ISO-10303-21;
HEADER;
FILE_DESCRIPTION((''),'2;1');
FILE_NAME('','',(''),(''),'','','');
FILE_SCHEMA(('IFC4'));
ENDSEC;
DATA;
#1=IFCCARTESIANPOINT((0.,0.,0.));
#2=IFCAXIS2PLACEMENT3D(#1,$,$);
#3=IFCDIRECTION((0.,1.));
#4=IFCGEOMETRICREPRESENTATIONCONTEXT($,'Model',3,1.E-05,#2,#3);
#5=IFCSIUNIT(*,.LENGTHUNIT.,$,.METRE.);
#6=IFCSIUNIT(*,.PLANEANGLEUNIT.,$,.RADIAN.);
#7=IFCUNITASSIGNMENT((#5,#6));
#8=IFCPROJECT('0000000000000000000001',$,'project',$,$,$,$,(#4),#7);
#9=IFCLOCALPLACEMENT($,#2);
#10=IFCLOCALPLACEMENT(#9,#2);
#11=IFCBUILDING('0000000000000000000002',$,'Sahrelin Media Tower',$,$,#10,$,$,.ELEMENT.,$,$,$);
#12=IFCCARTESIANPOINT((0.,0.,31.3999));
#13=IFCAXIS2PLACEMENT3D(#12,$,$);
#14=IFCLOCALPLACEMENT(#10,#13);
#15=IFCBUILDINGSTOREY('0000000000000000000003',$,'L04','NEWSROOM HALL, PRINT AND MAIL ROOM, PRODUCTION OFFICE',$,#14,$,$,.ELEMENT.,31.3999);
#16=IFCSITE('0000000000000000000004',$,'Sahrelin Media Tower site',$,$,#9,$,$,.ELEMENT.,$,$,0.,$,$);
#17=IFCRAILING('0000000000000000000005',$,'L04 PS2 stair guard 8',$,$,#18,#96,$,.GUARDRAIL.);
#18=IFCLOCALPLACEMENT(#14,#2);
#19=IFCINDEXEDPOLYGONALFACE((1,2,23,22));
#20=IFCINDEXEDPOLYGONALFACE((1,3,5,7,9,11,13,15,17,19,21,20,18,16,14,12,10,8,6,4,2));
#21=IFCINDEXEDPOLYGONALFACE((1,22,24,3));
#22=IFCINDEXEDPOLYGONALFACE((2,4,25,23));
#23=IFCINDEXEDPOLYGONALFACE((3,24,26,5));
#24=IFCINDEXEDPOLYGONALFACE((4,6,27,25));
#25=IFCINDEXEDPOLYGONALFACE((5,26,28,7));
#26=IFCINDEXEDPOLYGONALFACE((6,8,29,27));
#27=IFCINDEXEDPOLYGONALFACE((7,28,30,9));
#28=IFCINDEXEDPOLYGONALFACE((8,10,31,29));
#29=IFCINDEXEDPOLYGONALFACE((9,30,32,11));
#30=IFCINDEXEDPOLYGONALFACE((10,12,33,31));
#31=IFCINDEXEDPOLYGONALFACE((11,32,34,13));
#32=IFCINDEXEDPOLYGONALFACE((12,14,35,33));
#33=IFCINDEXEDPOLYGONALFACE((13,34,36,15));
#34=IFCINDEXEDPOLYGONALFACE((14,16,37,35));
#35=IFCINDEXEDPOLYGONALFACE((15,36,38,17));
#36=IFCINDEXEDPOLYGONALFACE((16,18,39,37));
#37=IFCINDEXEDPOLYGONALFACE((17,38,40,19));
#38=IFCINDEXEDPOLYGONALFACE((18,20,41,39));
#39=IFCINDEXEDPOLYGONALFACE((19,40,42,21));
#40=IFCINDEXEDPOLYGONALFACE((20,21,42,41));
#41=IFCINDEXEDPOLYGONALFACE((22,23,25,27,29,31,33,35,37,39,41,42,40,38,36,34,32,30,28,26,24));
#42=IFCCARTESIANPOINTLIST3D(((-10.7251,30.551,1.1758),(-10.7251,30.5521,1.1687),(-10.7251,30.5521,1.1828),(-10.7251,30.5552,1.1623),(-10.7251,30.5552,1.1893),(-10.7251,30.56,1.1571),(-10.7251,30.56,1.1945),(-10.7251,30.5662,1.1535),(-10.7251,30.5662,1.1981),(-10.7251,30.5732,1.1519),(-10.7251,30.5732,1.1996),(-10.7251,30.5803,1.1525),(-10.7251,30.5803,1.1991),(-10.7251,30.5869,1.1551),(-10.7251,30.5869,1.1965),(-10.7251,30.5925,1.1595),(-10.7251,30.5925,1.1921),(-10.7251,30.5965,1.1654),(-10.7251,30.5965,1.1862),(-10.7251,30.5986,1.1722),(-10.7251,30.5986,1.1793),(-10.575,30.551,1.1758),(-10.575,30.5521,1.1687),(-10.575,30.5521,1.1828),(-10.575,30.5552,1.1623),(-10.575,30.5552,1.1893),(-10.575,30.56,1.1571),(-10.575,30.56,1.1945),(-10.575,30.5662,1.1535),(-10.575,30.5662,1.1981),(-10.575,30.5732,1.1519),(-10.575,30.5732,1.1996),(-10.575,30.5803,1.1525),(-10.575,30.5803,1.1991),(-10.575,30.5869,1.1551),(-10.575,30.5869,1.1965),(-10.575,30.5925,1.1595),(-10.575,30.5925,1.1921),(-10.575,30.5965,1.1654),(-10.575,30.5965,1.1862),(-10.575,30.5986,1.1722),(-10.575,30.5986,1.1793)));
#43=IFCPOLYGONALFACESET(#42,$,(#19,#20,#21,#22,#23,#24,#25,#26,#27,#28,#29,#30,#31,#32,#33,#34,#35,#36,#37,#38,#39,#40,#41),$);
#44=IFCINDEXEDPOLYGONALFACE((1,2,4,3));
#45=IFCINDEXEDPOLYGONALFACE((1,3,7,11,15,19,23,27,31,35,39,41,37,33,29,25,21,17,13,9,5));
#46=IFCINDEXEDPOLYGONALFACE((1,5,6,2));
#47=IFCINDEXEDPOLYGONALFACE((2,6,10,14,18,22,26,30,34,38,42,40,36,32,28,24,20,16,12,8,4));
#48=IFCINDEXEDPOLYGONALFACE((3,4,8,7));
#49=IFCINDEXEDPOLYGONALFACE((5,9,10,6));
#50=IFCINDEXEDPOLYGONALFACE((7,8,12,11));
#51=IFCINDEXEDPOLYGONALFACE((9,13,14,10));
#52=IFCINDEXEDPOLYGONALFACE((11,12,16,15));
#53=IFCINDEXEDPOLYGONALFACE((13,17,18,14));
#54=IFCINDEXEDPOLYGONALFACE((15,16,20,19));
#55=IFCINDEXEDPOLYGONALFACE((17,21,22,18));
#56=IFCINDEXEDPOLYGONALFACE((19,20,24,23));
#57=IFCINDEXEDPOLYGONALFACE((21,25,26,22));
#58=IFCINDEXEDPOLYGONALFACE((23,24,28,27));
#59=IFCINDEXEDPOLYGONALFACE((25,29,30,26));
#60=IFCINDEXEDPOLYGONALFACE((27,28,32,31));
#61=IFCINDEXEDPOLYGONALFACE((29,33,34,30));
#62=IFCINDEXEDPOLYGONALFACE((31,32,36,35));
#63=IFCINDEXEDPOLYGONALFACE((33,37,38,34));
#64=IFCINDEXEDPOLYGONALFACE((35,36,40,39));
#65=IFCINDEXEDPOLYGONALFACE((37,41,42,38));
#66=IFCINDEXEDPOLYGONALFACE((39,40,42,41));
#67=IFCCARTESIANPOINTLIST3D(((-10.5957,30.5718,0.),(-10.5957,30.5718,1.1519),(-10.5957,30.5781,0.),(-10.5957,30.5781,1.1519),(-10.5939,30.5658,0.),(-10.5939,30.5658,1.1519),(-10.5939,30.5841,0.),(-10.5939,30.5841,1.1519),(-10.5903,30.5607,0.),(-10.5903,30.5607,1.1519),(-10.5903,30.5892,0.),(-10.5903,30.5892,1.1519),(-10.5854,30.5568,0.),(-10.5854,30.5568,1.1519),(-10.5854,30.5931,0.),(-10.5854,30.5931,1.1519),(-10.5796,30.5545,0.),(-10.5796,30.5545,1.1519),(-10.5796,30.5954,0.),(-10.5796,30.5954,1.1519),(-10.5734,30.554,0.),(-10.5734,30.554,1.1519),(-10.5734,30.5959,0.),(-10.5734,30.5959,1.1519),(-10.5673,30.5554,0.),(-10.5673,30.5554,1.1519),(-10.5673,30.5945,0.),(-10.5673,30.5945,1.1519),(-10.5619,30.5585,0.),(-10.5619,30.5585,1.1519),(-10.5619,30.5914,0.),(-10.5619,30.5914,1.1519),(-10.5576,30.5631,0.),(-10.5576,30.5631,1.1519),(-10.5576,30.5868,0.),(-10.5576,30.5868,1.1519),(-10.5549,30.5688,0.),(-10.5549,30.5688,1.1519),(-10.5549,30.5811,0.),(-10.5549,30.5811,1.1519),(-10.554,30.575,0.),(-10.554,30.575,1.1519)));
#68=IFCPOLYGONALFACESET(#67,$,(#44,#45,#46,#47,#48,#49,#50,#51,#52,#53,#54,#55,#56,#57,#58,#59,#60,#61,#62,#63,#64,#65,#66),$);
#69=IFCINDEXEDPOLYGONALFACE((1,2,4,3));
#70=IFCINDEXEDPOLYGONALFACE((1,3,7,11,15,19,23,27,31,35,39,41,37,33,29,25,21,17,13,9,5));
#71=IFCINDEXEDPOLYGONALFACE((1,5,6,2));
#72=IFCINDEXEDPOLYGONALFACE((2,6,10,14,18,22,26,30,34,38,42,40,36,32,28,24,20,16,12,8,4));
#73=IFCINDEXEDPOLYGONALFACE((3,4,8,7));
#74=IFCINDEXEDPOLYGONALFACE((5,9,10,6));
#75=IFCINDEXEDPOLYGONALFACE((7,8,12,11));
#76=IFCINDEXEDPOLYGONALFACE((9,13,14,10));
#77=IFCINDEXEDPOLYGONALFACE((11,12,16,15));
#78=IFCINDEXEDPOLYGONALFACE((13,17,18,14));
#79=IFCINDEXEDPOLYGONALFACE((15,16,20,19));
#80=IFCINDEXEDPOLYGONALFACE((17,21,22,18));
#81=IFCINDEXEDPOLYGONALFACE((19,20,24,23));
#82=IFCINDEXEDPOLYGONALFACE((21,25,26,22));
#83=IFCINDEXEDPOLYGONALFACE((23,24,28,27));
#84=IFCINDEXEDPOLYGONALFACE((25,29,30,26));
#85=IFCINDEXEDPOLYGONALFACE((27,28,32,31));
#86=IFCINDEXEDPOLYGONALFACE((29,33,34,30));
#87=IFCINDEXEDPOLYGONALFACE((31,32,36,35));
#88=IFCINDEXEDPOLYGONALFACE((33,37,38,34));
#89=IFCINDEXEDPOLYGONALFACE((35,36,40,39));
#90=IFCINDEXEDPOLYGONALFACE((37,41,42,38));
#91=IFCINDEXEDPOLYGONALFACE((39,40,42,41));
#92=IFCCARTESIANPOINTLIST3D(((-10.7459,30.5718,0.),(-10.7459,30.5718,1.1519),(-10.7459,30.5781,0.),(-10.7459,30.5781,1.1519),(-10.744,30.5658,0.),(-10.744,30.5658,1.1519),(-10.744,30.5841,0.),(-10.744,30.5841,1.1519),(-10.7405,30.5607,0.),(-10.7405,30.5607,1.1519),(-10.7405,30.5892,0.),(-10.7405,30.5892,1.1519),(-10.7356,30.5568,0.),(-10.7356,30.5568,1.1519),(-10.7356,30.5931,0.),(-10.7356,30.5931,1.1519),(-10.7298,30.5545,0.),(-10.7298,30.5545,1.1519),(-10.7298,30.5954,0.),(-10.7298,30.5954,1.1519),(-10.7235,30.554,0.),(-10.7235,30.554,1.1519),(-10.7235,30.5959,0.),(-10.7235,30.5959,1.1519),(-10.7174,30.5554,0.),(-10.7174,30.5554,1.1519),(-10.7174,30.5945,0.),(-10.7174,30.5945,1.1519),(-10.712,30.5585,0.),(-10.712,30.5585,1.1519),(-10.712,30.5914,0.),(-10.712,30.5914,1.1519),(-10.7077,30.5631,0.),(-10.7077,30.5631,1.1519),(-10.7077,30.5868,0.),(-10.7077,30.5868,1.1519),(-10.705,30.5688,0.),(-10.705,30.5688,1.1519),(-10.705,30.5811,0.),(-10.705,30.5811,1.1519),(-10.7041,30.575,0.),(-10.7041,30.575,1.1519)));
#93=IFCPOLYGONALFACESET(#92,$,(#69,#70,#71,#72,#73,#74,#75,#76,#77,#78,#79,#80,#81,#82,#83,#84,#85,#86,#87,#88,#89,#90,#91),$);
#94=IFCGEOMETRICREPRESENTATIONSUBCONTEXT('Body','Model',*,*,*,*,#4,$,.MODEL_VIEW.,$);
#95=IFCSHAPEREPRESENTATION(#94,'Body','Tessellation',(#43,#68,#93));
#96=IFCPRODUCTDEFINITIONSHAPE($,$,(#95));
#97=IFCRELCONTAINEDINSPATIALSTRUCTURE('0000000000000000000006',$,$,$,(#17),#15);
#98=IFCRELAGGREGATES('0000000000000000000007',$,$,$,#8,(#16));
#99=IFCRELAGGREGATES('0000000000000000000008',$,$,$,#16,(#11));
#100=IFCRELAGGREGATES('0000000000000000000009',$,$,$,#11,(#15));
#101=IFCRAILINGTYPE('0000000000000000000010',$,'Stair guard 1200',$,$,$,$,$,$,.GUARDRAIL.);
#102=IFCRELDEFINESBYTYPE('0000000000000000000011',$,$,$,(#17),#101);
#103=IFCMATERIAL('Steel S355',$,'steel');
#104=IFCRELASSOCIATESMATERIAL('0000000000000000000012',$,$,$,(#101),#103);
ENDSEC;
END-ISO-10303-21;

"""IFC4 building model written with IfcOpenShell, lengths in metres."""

from ifc_helpers import new_model, si_unit, direction, frame, origin, origin_2d, place, context, subcontext, project, spatial, circle, extrude, material, type_object, element, save


model = new_model("IFC4")

# Units and contexts
model_context = context("Model", 3, precision=1e-05, world=origin(), true_north=direction((0.0, 1.0)))
body_context = subcontext(model_context, "Body", "Model", "MODEL_VIEW")
ifc_project = project(units=[si_unit("LENGTHUNIT", "METRE"), si_unit("PLANEANGLEUNIT", "RADIAN")], contexts=[model_context])

# Site, building, storey
site_placement = place(None, origin())
site = spatial("IfcSite", under=ifc_project, at=site_placement, Name="Sahrelin Media Tower site", CompositionType="ELEMENT", RefElevation=0.0)
building_placement = place(site_placement, origin())
building = spatial("IfcBuilding", under=site, at=building_placement, Name="Sahrelin Media Tower", CompositionType="ELEMENT")
storey_placement = place(building_placement, frame((0.0, 0.0, 31.3999)))
storey = spatial("IfcBuildingStorey", under=building, at=storey_placement, Name="L04", Description="NEWSROOM HALL, PRINT AND MAIL ROOM, PRODUCTION OFFICE", CompositionType="ELEMENT", Elevation=31.3999)

# Shared definitions
ifc_material_1 = material(Name="Steel S355", Category="steel")

# Railing
railing_type_1 = type_object("IfcRailingType", Name="Stair guard 1200", PredefinedType="GUARDRAIL", material=ifc_material_1)
railing_1_placement = place(storey_placement, frame((-10.575, 30.575, 0.0)))
element("IfcRailing", 1, at=railing_1_placement, inside=storey, type_object=railing_type_1, Name="L04 PS2 stair guard 8", PredefinedType="GUARDRAIL", context=body_context, shape_type="SweptSolid", body=[
    extrude(circle(Radius=0.0239, at=origin_2d()), frame((0.0, 0.0, 1.1758), z_axis=(-1.0, 0.0, 0.0), x_axis=(0.0, -1.0, 0.0)), (0.0, 0.0, 1.0), 0.1501),
    extrude(circle(Radius=0.021, at=origin_2d()), origin(), (0.0, 0.0, 1.0), 1.1519),
    extrude(circle(Radius=0.021, at=origin_2d()), frame((-0.1501, 0.0, 0.0)), (0.0, 0.0, 1.0), 1.1519),
])

save(model, "model.ifc")
